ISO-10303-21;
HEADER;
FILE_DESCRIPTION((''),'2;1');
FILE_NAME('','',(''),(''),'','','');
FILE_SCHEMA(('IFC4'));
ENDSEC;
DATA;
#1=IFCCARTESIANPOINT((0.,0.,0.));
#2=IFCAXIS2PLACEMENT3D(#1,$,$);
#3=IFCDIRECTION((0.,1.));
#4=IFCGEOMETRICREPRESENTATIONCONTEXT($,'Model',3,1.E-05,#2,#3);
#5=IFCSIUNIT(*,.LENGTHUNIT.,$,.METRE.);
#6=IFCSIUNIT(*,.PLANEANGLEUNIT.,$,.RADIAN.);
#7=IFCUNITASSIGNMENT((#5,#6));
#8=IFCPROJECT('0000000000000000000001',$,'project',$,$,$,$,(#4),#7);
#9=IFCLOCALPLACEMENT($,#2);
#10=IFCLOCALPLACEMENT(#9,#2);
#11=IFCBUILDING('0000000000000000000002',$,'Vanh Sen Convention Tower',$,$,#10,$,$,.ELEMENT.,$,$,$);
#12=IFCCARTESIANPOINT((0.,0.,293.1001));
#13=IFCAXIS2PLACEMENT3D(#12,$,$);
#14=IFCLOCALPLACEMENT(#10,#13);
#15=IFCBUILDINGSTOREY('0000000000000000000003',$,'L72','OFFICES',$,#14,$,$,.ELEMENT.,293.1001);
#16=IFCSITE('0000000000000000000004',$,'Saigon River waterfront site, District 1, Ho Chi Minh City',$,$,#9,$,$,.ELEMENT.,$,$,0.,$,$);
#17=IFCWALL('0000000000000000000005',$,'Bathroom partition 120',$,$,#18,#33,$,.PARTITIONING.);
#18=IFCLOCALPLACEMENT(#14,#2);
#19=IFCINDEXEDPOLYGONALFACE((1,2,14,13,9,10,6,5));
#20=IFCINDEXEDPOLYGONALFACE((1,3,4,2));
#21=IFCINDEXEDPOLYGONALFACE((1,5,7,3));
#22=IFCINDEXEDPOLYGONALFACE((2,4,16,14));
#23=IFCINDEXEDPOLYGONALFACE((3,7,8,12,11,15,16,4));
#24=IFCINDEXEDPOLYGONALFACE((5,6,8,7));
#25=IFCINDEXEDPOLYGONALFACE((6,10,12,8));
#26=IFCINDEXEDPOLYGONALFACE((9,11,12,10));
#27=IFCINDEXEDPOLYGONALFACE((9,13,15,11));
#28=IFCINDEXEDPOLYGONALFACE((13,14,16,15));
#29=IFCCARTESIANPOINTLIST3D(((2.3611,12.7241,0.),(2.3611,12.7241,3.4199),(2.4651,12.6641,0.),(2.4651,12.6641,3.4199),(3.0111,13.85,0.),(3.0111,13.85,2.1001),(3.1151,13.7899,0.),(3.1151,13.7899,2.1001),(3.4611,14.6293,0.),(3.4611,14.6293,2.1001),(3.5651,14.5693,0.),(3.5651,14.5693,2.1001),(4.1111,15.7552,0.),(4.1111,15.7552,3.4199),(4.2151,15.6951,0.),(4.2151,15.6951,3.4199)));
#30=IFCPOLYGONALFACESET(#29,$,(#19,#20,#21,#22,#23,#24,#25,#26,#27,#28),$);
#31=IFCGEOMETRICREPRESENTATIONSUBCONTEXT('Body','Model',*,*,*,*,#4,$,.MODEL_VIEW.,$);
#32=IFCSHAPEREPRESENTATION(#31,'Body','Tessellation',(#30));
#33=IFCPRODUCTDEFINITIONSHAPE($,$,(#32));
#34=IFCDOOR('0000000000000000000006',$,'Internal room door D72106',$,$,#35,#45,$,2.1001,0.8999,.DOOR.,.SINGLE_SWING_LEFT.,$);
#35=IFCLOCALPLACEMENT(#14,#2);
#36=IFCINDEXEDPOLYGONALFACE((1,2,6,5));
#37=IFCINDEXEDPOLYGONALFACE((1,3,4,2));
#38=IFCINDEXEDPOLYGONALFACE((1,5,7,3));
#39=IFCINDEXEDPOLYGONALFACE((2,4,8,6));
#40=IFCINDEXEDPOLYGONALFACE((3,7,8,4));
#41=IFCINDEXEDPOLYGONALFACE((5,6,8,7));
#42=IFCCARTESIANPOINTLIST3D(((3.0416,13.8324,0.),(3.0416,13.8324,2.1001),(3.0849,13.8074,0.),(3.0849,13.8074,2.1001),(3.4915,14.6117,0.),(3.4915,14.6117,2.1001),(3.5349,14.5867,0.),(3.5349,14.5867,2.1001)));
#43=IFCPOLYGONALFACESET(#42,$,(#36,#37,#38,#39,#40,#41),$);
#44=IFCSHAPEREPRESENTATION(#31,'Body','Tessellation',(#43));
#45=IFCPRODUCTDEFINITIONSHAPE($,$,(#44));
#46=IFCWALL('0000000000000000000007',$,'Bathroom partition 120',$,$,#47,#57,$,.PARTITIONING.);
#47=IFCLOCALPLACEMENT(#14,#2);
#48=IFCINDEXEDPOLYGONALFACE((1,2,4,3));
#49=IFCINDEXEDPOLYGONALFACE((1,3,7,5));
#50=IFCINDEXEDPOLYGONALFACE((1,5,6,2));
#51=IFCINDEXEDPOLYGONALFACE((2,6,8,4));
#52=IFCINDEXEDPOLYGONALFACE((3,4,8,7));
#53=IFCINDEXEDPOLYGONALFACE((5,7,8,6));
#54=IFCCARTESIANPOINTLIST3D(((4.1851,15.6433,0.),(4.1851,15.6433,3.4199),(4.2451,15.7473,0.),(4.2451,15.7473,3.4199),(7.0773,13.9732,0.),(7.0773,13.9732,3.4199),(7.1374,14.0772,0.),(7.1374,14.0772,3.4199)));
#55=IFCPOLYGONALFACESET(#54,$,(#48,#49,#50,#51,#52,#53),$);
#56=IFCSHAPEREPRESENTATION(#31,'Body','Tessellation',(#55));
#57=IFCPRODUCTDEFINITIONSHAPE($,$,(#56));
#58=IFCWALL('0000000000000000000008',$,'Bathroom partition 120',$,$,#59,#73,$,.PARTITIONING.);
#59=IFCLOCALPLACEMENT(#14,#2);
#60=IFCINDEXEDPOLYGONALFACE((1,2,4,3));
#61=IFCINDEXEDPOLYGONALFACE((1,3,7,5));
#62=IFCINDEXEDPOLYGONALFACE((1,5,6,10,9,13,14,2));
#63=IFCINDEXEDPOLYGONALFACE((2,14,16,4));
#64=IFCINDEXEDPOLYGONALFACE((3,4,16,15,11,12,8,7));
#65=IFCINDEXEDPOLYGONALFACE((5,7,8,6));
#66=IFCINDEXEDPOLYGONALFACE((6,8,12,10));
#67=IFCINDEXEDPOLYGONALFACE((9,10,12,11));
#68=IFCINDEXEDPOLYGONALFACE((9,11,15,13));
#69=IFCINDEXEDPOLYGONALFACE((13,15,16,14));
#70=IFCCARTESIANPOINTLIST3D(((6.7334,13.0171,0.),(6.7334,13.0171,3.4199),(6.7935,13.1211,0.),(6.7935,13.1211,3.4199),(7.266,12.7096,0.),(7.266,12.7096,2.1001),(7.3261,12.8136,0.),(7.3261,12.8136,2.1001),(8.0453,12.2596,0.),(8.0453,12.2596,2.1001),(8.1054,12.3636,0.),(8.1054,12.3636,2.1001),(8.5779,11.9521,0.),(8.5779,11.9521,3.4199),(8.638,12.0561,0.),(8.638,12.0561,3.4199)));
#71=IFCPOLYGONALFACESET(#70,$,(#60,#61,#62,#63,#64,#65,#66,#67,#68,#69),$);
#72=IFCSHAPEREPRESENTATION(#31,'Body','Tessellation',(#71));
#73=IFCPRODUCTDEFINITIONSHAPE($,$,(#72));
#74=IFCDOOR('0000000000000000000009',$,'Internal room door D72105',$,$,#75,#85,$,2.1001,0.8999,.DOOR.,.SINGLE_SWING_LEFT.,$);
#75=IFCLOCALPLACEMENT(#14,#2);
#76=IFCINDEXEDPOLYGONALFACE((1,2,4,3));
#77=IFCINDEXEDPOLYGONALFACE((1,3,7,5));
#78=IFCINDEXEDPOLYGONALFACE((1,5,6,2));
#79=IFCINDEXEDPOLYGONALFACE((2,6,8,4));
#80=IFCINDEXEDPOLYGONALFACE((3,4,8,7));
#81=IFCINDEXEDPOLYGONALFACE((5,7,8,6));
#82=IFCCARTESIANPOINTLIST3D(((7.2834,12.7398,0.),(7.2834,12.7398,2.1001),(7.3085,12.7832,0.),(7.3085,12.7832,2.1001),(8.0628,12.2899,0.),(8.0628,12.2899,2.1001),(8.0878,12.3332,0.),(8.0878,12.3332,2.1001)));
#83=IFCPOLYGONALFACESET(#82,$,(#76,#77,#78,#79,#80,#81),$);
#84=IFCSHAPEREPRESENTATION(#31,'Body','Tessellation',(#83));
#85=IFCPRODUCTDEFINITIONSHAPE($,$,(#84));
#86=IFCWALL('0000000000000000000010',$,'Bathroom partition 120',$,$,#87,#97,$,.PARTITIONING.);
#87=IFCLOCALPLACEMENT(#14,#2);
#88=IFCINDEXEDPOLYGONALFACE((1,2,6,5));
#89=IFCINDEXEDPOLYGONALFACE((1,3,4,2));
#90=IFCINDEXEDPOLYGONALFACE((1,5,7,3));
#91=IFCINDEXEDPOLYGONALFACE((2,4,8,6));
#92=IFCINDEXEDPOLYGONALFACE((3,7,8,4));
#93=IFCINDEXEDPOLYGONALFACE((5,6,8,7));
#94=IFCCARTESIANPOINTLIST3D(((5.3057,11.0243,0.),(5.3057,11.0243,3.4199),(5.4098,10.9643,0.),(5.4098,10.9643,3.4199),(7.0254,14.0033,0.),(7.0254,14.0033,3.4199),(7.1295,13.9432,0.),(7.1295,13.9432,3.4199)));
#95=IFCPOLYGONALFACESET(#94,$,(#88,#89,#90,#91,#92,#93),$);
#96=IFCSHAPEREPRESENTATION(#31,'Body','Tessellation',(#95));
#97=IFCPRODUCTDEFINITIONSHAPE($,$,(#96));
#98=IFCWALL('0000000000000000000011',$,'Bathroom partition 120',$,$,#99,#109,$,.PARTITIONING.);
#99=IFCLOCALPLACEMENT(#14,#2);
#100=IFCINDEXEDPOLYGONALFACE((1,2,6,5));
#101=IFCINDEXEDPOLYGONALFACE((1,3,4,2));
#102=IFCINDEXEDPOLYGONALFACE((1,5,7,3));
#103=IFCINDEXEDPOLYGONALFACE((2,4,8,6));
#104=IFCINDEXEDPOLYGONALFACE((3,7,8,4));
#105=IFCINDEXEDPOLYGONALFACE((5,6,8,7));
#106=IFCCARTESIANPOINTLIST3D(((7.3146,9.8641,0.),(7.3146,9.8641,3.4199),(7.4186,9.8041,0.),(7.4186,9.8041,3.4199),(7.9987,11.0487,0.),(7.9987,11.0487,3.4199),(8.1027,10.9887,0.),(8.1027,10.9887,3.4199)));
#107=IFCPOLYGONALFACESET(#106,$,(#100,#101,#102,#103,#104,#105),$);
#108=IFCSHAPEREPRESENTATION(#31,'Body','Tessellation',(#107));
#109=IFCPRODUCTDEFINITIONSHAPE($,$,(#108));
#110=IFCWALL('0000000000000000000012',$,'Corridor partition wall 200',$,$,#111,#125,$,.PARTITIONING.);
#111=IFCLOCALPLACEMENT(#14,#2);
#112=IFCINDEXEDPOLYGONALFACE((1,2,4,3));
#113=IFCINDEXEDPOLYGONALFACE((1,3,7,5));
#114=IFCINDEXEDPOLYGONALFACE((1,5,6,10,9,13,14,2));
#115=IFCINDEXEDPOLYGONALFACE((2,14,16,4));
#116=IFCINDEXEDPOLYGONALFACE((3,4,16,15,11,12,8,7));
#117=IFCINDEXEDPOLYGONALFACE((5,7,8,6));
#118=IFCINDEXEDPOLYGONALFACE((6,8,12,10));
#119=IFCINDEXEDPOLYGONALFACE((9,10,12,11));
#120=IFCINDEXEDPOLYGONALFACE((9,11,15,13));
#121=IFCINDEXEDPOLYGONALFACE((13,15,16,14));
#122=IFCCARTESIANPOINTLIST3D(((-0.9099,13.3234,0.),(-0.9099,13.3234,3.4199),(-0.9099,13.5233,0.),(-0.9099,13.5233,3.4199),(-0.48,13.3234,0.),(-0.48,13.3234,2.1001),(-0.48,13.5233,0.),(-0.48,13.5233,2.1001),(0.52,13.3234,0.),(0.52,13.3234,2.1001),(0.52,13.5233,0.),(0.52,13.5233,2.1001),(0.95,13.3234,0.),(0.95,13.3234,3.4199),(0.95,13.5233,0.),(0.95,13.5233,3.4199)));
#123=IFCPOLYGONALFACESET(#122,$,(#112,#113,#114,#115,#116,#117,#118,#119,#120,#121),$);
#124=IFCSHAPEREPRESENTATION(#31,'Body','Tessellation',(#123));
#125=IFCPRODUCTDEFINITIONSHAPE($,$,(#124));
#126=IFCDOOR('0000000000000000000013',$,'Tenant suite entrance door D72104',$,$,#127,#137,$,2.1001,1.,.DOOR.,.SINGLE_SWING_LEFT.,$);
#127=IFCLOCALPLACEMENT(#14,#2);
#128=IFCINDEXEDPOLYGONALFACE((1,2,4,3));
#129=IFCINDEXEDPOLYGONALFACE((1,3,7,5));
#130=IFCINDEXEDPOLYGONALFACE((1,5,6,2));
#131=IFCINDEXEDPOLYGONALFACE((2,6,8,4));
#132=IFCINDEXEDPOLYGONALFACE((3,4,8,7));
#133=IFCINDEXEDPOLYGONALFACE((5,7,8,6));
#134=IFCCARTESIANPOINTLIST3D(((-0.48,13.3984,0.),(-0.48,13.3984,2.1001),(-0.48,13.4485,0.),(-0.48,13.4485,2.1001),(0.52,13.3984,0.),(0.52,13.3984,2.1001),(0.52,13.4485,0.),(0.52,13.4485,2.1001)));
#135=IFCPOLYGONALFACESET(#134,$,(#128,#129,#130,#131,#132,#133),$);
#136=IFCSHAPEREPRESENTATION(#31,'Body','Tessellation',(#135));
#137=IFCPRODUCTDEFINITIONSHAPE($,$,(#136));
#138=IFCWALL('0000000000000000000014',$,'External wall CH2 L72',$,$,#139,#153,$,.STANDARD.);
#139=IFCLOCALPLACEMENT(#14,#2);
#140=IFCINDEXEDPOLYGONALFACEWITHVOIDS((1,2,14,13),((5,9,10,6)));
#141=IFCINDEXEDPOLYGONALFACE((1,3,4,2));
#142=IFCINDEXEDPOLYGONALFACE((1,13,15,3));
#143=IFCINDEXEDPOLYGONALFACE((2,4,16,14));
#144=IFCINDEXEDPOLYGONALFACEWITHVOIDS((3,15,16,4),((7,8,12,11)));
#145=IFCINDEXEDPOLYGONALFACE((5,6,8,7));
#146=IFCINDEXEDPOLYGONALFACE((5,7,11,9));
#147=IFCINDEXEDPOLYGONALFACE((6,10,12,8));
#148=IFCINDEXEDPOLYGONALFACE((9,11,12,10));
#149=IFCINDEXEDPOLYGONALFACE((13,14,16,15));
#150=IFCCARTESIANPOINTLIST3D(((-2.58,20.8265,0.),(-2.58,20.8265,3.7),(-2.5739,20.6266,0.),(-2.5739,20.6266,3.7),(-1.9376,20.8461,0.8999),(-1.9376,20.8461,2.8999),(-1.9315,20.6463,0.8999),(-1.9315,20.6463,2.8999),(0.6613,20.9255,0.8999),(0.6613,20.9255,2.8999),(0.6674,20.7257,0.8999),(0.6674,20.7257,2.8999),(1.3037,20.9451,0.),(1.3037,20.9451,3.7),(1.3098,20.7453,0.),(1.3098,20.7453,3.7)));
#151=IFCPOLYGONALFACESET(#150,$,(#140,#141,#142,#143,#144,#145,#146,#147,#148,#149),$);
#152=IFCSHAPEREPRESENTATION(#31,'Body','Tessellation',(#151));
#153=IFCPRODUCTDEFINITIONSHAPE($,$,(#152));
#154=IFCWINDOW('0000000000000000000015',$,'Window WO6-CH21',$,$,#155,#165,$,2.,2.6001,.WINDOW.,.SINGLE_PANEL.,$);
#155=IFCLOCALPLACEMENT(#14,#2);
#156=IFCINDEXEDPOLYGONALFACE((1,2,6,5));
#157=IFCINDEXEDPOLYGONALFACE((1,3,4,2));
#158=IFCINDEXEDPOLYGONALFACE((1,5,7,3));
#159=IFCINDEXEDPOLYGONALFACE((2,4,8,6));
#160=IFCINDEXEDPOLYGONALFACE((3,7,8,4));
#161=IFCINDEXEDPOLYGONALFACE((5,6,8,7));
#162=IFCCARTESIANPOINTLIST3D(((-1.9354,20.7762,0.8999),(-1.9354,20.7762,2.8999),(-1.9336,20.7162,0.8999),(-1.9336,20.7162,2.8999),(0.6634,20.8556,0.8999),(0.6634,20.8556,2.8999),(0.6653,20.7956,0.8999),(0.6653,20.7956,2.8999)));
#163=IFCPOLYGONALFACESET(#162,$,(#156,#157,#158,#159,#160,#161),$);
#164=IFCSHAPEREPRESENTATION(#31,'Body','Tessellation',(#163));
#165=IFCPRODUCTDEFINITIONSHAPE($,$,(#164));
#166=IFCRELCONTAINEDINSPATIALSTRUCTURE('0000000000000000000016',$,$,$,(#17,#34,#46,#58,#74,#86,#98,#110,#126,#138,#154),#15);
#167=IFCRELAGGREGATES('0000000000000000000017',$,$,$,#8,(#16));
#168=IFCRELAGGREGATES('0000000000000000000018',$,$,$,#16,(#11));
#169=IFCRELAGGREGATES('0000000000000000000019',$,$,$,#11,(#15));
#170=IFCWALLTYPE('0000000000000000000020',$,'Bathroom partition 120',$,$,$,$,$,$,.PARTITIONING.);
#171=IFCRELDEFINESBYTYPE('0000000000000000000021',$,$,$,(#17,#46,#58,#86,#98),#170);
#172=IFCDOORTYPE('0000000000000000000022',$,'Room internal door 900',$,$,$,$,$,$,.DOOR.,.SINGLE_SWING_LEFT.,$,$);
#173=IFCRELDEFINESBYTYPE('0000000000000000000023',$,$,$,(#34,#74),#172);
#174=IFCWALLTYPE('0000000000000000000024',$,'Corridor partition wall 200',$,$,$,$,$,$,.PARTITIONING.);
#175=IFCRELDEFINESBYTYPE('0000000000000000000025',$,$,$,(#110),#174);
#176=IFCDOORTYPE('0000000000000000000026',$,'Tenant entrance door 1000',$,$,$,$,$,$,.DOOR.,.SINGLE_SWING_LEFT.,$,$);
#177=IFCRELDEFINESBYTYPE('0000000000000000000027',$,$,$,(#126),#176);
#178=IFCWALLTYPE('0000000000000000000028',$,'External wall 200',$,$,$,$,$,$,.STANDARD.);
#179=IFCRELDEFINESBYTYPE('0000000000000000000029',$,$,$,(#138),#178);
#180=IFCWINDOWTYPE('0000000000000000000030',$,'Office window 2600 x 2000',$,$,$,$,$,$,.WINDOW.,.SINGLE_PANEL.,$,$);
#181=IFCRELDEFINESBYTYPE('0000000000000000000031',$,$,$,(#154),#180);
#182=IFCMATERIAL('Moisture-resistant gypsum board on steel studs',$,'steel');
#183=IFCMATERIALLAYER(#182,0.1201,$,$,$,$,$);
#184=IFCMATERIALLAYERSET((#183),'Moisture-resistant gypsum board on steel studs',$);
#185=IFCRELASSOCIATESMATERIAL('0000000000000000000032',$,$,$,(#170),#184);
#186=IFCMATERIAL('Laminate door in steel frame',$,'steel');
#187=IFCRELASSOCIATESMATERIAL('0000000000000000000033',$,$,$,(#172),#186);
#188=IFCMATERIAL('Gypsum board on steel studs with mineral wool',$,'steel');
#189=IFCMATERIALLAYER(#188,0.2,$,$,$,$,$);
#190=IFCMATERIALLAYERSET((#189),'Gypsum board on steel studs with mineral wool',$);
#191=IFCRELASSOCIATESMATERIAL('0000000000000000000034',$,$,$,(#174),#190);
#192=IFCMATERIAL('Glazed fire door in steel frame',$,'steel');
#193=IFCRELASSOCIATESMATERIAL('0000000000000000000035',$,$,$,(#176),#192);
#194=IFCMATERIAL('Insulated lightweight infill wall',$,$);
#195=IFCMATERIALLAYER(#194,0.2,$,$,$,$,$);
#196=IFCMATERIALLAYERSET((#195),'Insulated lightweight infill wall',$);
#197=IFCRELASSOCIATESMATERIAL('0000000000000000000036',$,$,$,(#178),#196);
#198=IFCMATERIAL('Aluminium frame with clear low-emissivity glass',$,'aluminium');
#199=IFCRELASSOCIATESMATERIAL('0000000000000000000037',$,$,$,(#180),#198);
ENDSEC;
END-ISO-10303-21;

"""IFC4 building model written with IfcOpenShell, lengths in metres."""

from ifc_helpers import new_model, si_unit, direction, frame, frame_2d, origin, place, context, subcontext, project, spatial, rectangle, extrude, material, layer, layer_set, type_object, element, fill, save


model = new_model("IFC4")

# Units and contexts
model_context = context("Model", 3, precision=1e-05, world=origin(), true_north=direction((0.0, 1.0)))
body_context = subcontext(model_context, "Body", "Model", "MODEL_VIEW")
ifc_project = project(units=[si_unit("LENGTHUNIT", "METRE"), si_unit("PLANEANGLEUNIT", "RADIAN")], contexts=[model_context])

# Site, building, storey
site_placement = place(None, origin())
site = spatial("IfcSite", under=ifc_project, at=site_placement, Name="Saigon River waterfront site, District 1, Ho Chi Minh City", CompositionType="ELEMENT", RefElevation=0.0)
building_placement = place(site_placement, origin())
building = spatial("IfcBuilding", under=site, at=building_placement, Name="Vanh Sen Convention Tower", CompositionType="ELEMENT")
storey_placement = place(building_placement, frame((0.0, 0.0, 293.1001)))
storey = spatial("IfcBuildingStorey", under=building, at=storey_placement, Name="L72", Description="OFFICES", CompositionType="ELEMENT", Elevation=293.1001)

# Wall, opening, door
ifc_material_1 = material(Name="Moisture-resistant gypsum board on steel studs", Category="steel")
ifc_layer_1 = layer(ifc_material_1, 0.1201)
ifc_layer_set_1 = layer_set([ifc_layer_1], Name="Moisture-resistant gypsum board on steel studs")
wall_type_1 = type_object("IfcWallType", Name="Bathroom partition 120", PredefinedType="PARTITIONING", material=ifc_layer_set_1)
wall_1_placement = place(storey_placement, frame((2.4131, 12.6941, 0.0), z_axis=(0.0, 0.0, 1.0), x_axis=(0.50001, 0.866019, 0.0)))
wall_1 = element("IfcWall", 1, at=wall_1_placement, inside=storey, type_object=wall_type_1, Name="Bathroom partition 120", PredefinedType="PARTITIONING", context=body_context, shape_type="SweptSolid", body=[
    extrude(rectangle(XDim=3.5, YDim=0.1201, at=frame_2d((1.75, 0.0))), origin(), (0.0, 0.0, 1.0), 3.4199),
])
opening_1_placement = place(wall_1_placement, frame((1.3, 0.0, 0.0)))
opening_1 = element("IfcOpeningElement", 2, at=opening_1_placement, cuts=wall_1, PredefinedType="OPENING", context=body_context, shape_type="SweptSolid", body=[
    extrude(rectangle(XDim=0.8999, YDim=2.1001, at=frame_2d((0.45, 1.05))), frame((0.0, 0.0701, 0.0), z_axis=(0.0, -1.0, 0.0), x_axis=(1.0, 0.0, 0.0)), (0.0, 0.0, 1.0), 0.1401),
])
ifc_material_2 = material(Name="Laminate door in steel frame", Category="steel")
door_type_1 = type_object("IfcDoorType", Name="Room internal door 900", OperationType="SINGLE_SWING_LEFT", PredefinedType="DOOR", material=ifc_material_2)
door_1_placement = place(opening_1_placement, origin())
door_1 = element("IfcDoor", 3, at=door_1_placement, inside=storey, type_object=door_type_1, Name="Internal room door D72106", OperationType="SINGLE_SWING_LEFT", OverallHeight=2.1001, OverallWidth=0.8999, PredefinedType="DOOR", context=body_context, shape_type="SweptSolid", body=[
    extrude(rectangle(XDim=0.8999, YDim=2.1001, at=frame_2d((0.45, 1.05))), frame((0.0, 0.0249, 0.0), z_axis=(0.0, -1.0, 0.0), x_axis=(1.0, 0.0, 0.0)), (0.0, 0.0, 1.0), 0.05),
])
fill(opening_1, door_1)

# Wall
wall_2_placement = place(storey_placement, frame((4.2151, 15.6953, 0.0), z_axis=(0.0, 0.0, 1.0), x_axis=(0.86599, -0.500062, 0.0)))
element("IfcWall", 4, at=wall_2_placement, inside=storey, type_object=wall_type_1, Name="Bathroom partition 120", PredefinedType="PARTITIONING", context=body_context, shape_type="SweptSolid", body=[
    extrude(rectangle(XDim=3.3398, YDim=0.1201, at=frame_2d((1.6699, 0.0))), origin(), (0.0, 0.0, 1.0), 3.4199),
])

# Wall, opening, door
wall_3_placement = place(storey_placement, frame((6.7634, 13.0691, 0.0), z_axis=(0.0, 0.0, 1.0), x_axis=(0.86602, -0.50001, 0.0)))
wall_3 = element("IfcWall", 5, at=wall_3_placement, inside=storey, type_object=wall_type_1, Name="Bathroom partition 120", PredefinedType="PARTITIONING", context=body_context, shape_type="SweptSolid", body=[
    extrude(rectangle(XDim=2.1299, YDim=0.1201, at=frame_2d((1.0649, 0.0))), origin(), (0.0, 0.0, 1.0), 3.4199),
])
opening_2_placement = place(wall_3_placement, frame((0.615, 0.0, 0.0)))
opening_2 = element("IfcOpeningElement", 6, at=opening_2_placement, cuts=wall_3, PredefinedType="OPENING", context=body_context, shape_type="SweptSolid", body=[
    extrude(rectangle(XDim=0.8999, YDim=2.1001, at=frame_2d((0.45, 1.05))), frame((0.0, 0.0701, 0.0), z_axis=(0.0, -1.0, 0.0), x_axis=(1.0, 0.0, 0.0)), (0.0, 0.0, 1.0), 0.1401),
])
door_2_placement = place(opening_2_placement, origin())
door_2 = element("IfcDoor", 7, at=door_2_placement, inside=storey, type_object=door_type_1, Name="Internal room door D72105", OperationType="SINGLE_SWING_LEFT", OverallHeight=2.1001, OverallWidth=0.8999, PredefinedType="DOOR", context=body_context, shape_type="SweptSolid", body=[
    extrude(rectangle(XDim=0.8999, YDim=2.1001, at=frame_2d((0.45, 1.05))), frame((0.0, 0.0249, 0.0), z_axis=(0.0, -1.0, 0.0), x_axis=(1.0, 0.0, 0.0)), (0.0, 0.0, 1.0), 0.05),
])
fill(opening_2, door_2)

# Walls
wall_4_placement = place(storey_placement, frame((7.0774, 13.9731, 0.0), z_axis=(0.0, 0.0, 1.0), x_axis=(-0.499956, -0.866051, 0.0)))
element("IfcWall", 8, at=wall_4_placement, inside=storey, type_object=wall_type_1, Name="Bathroom partition 120", PredefinedType="PARTITIONING", context=body_context, shape_type="SweptSolid", body=[
    extrude(rectangle(XDim=3.4397, YDim=0.1201, at=frame_2d((1.7197, 0.0))), origin(), (0.0, 0.0, 1.0), 3.4199),
])
wall_5_placement = place(storey_placement, frame((8.0508, 11.0188, 0.0), z_axis=(0.0, 0.0, 1.0), x_axis=(-0.500093, -0.865972, 0.0)))
element("IfcWall", 9, at=wall_5_placement, inside=storey, type_object=wall_type_1, Name="Bathroom partition 120", PredefinedType="PARTITIONING", context=body_context, shape_type="SweptSolid", body=[
    extrude(rectangle(XDim=1.3679, YDim=0.1201, at=frame_2d((0.6841, 0.0))), origin(), (0.0, 0.0, 1.0), 3.4199),
])

# Wall, opening, door
ifc_material_3 = material(Name="Gypsum board on steel studs with mineral wool", Category="steel")
ifc_layer_2 = layer(ifc_material_3, 0.2)
ifc_layer_set_2 = layer_set([ifc_layer_2], Name="Gypsum board on steel studs with mineral wool")
wall_type_2 = type_object("IfcWallType", Name="Corridor partition wall 200", PredefinedType="PARTITIONING", material=ifc_layer_set_2)
wall_6_placement = place(storey_placement, frame((0.95, 13.4233, 0.0), z_axis=(0.0, 0.0, 1.0), x_axis=(-1.0, 0.0, 0.0)))
wall_6 = element("IfcWall", 10, at=wall_6_placement, inside=storey, type_object=wall_type_2, Name="Corridor partition wall 200", PredefinedType="PARTITIONING", context=body_context, shape_type="SweptSolid", body=[
    extrude(rectangle(XDim=1.8599, YDim=0.2, at=frame_2d((0.9299, 0.0))), origin(), (0.0, 0.0, 1.0), 3.4199),
])
opening_3_placement = place(wall_6_placement, frame((0.4299, 0.0, 0.0)))
opening_3 = element("IfcOpeningElement", 11, at=opening_3_placement, cuts=wall_6, PredefinedType="OPENING", context=body_context, shape_type="SweptSolid", body=[
    extrude(rectangle(XDim=1.0, YDim=2.1001, at=frame_2d((0.5, 1.05))), frame((0.0, 0.1099, 0.0), z_axis=(0.0, -1.0, 0.0), x_axis=(1.0, 0.0, 0.0)), (0.0, 0.0, 1.0), 0.22),
])
ifc_material_4 = material(Name="Glazed fire door in steel frame", Category="steel")
door_type_2 = type_object("IfcDoorType", Name="Tenant entrance door 1000", OperationType="SINGLE_SWING_LEFT", PredefinedType="DOOR", material=ifc_material_4)
door_3_placement = place(opening_3_placement, origin())
door_3 = element("IfcDoor", 12, at=door_3_placement, inside=storey, type_object=door_type_2, Name="Tenant suite entrance door D72104", OperationType="SINGLE_SWING_LEFT", OverallHeight=2.1001, OverallWidth=1.0, PredefinedType="DOOR", context=body_context, shape_type="SweptSolid", body=[
    extrude(rectangle(XDim=1.0, YDim=2.1001, at=frame_2d((0.5, 1.05))), frame((0.0, 0.0249, 0.0), z_axis=(0.0, -1.0, 0.0), x_axis=(1.0, 0.0, 0.0)), (0.0, 0.0, 1.0), 0.05),
])
fill(opening_3, door_3)

# Wall, opening, window
ifc_material_5 = material(Name="Insulated lightweight infill wall")
ifc_layer_3 = layer(ifc_material_5, 0.2)
ifc_layer_set_3 = layer_set([ifc_layer_3], Name="Insulated lightweight infill wall")
wall_type_3 = type_object("IfcWallType", Name="External wall 200", PredefinedType="STANDARD", material=ifc_layer_set_3)
wall_7_placement = place(storey_placement, frame((1.3069, 20.8452, 0.0), z_axis=(0.0, 0.0, 1.0), x_axis=(-0.999534, -0.030536, 0.0)))
wall_7 = element("IfcWall", 13, at=wall_7_placement, inside=storey, type_object=wall_type_3, Name="External wall CH2 L72", PredefinedType="STANDARD", context=body_context, shape_type="SweptSolid", body=[
    extrude(rectangle(XDim=3.8855, YDim=0.2, at=frame_2d((1.9429, 0.0))), origin(), (0.0, 0.0, 1.0), 3.7),
])
opening_4_placement = place(wall_7_placement, frame((0.6428, 0.0, 0.8999)))
opening_4 = element("IfcOpeningElement", 14, at=opening_4_placement, cuts=wall_7, PredefinedType="OPENING", context=body_context, shape_type="SweptSolid", body=[
    extrude(rectangle(XDim=2.6001, YDim=2.0, at=frame_2d((1.3, 1.0))), frame((0.0, 0.1099, 0.0), z_axis=(0.0, -1.0, 0.0), x_axis=(1.0, 0.0, 0.0)), (0.0, 0.0, 1.0), 0.22),
])
ifc_material_6 = material(Name="Aluminium frame with clear low-emissivity glass", Category="aluminium")
window_type = type_object("IfcWindowType", Name="Office window 2600 x 2000", PartitioningType="SINGLE_PANEL", PredefinedType="WINDOW", material=ifc_material_6)
window_placement = place(opening_4_placement, origin())
window = element("IfcWindow", 15, at=window_placement, inside=storey, type_object=window_type, Name="Window WO6-CH21", OverallHeight=2.0, OverallWidth=2.6001, PartitioningType="SINGLE_PANEL", PredefinedType="WINDOW", context=body_context, shape_type="SweptSolid", body=[
    extrude(rectangle(XDim=2.6001, YDim=2.0, at=frame_2d((1.3, 1.0))), frame((0.0, 0.03, 0.0), z_axis=(0.0, -1.0, 0.0), x_axis=(1.0, 0.0, 0.0)), (0.0, 0.0, 1.0), 0.0601),
])
fill(opening_4, window)

save(model, "model.ifc")
